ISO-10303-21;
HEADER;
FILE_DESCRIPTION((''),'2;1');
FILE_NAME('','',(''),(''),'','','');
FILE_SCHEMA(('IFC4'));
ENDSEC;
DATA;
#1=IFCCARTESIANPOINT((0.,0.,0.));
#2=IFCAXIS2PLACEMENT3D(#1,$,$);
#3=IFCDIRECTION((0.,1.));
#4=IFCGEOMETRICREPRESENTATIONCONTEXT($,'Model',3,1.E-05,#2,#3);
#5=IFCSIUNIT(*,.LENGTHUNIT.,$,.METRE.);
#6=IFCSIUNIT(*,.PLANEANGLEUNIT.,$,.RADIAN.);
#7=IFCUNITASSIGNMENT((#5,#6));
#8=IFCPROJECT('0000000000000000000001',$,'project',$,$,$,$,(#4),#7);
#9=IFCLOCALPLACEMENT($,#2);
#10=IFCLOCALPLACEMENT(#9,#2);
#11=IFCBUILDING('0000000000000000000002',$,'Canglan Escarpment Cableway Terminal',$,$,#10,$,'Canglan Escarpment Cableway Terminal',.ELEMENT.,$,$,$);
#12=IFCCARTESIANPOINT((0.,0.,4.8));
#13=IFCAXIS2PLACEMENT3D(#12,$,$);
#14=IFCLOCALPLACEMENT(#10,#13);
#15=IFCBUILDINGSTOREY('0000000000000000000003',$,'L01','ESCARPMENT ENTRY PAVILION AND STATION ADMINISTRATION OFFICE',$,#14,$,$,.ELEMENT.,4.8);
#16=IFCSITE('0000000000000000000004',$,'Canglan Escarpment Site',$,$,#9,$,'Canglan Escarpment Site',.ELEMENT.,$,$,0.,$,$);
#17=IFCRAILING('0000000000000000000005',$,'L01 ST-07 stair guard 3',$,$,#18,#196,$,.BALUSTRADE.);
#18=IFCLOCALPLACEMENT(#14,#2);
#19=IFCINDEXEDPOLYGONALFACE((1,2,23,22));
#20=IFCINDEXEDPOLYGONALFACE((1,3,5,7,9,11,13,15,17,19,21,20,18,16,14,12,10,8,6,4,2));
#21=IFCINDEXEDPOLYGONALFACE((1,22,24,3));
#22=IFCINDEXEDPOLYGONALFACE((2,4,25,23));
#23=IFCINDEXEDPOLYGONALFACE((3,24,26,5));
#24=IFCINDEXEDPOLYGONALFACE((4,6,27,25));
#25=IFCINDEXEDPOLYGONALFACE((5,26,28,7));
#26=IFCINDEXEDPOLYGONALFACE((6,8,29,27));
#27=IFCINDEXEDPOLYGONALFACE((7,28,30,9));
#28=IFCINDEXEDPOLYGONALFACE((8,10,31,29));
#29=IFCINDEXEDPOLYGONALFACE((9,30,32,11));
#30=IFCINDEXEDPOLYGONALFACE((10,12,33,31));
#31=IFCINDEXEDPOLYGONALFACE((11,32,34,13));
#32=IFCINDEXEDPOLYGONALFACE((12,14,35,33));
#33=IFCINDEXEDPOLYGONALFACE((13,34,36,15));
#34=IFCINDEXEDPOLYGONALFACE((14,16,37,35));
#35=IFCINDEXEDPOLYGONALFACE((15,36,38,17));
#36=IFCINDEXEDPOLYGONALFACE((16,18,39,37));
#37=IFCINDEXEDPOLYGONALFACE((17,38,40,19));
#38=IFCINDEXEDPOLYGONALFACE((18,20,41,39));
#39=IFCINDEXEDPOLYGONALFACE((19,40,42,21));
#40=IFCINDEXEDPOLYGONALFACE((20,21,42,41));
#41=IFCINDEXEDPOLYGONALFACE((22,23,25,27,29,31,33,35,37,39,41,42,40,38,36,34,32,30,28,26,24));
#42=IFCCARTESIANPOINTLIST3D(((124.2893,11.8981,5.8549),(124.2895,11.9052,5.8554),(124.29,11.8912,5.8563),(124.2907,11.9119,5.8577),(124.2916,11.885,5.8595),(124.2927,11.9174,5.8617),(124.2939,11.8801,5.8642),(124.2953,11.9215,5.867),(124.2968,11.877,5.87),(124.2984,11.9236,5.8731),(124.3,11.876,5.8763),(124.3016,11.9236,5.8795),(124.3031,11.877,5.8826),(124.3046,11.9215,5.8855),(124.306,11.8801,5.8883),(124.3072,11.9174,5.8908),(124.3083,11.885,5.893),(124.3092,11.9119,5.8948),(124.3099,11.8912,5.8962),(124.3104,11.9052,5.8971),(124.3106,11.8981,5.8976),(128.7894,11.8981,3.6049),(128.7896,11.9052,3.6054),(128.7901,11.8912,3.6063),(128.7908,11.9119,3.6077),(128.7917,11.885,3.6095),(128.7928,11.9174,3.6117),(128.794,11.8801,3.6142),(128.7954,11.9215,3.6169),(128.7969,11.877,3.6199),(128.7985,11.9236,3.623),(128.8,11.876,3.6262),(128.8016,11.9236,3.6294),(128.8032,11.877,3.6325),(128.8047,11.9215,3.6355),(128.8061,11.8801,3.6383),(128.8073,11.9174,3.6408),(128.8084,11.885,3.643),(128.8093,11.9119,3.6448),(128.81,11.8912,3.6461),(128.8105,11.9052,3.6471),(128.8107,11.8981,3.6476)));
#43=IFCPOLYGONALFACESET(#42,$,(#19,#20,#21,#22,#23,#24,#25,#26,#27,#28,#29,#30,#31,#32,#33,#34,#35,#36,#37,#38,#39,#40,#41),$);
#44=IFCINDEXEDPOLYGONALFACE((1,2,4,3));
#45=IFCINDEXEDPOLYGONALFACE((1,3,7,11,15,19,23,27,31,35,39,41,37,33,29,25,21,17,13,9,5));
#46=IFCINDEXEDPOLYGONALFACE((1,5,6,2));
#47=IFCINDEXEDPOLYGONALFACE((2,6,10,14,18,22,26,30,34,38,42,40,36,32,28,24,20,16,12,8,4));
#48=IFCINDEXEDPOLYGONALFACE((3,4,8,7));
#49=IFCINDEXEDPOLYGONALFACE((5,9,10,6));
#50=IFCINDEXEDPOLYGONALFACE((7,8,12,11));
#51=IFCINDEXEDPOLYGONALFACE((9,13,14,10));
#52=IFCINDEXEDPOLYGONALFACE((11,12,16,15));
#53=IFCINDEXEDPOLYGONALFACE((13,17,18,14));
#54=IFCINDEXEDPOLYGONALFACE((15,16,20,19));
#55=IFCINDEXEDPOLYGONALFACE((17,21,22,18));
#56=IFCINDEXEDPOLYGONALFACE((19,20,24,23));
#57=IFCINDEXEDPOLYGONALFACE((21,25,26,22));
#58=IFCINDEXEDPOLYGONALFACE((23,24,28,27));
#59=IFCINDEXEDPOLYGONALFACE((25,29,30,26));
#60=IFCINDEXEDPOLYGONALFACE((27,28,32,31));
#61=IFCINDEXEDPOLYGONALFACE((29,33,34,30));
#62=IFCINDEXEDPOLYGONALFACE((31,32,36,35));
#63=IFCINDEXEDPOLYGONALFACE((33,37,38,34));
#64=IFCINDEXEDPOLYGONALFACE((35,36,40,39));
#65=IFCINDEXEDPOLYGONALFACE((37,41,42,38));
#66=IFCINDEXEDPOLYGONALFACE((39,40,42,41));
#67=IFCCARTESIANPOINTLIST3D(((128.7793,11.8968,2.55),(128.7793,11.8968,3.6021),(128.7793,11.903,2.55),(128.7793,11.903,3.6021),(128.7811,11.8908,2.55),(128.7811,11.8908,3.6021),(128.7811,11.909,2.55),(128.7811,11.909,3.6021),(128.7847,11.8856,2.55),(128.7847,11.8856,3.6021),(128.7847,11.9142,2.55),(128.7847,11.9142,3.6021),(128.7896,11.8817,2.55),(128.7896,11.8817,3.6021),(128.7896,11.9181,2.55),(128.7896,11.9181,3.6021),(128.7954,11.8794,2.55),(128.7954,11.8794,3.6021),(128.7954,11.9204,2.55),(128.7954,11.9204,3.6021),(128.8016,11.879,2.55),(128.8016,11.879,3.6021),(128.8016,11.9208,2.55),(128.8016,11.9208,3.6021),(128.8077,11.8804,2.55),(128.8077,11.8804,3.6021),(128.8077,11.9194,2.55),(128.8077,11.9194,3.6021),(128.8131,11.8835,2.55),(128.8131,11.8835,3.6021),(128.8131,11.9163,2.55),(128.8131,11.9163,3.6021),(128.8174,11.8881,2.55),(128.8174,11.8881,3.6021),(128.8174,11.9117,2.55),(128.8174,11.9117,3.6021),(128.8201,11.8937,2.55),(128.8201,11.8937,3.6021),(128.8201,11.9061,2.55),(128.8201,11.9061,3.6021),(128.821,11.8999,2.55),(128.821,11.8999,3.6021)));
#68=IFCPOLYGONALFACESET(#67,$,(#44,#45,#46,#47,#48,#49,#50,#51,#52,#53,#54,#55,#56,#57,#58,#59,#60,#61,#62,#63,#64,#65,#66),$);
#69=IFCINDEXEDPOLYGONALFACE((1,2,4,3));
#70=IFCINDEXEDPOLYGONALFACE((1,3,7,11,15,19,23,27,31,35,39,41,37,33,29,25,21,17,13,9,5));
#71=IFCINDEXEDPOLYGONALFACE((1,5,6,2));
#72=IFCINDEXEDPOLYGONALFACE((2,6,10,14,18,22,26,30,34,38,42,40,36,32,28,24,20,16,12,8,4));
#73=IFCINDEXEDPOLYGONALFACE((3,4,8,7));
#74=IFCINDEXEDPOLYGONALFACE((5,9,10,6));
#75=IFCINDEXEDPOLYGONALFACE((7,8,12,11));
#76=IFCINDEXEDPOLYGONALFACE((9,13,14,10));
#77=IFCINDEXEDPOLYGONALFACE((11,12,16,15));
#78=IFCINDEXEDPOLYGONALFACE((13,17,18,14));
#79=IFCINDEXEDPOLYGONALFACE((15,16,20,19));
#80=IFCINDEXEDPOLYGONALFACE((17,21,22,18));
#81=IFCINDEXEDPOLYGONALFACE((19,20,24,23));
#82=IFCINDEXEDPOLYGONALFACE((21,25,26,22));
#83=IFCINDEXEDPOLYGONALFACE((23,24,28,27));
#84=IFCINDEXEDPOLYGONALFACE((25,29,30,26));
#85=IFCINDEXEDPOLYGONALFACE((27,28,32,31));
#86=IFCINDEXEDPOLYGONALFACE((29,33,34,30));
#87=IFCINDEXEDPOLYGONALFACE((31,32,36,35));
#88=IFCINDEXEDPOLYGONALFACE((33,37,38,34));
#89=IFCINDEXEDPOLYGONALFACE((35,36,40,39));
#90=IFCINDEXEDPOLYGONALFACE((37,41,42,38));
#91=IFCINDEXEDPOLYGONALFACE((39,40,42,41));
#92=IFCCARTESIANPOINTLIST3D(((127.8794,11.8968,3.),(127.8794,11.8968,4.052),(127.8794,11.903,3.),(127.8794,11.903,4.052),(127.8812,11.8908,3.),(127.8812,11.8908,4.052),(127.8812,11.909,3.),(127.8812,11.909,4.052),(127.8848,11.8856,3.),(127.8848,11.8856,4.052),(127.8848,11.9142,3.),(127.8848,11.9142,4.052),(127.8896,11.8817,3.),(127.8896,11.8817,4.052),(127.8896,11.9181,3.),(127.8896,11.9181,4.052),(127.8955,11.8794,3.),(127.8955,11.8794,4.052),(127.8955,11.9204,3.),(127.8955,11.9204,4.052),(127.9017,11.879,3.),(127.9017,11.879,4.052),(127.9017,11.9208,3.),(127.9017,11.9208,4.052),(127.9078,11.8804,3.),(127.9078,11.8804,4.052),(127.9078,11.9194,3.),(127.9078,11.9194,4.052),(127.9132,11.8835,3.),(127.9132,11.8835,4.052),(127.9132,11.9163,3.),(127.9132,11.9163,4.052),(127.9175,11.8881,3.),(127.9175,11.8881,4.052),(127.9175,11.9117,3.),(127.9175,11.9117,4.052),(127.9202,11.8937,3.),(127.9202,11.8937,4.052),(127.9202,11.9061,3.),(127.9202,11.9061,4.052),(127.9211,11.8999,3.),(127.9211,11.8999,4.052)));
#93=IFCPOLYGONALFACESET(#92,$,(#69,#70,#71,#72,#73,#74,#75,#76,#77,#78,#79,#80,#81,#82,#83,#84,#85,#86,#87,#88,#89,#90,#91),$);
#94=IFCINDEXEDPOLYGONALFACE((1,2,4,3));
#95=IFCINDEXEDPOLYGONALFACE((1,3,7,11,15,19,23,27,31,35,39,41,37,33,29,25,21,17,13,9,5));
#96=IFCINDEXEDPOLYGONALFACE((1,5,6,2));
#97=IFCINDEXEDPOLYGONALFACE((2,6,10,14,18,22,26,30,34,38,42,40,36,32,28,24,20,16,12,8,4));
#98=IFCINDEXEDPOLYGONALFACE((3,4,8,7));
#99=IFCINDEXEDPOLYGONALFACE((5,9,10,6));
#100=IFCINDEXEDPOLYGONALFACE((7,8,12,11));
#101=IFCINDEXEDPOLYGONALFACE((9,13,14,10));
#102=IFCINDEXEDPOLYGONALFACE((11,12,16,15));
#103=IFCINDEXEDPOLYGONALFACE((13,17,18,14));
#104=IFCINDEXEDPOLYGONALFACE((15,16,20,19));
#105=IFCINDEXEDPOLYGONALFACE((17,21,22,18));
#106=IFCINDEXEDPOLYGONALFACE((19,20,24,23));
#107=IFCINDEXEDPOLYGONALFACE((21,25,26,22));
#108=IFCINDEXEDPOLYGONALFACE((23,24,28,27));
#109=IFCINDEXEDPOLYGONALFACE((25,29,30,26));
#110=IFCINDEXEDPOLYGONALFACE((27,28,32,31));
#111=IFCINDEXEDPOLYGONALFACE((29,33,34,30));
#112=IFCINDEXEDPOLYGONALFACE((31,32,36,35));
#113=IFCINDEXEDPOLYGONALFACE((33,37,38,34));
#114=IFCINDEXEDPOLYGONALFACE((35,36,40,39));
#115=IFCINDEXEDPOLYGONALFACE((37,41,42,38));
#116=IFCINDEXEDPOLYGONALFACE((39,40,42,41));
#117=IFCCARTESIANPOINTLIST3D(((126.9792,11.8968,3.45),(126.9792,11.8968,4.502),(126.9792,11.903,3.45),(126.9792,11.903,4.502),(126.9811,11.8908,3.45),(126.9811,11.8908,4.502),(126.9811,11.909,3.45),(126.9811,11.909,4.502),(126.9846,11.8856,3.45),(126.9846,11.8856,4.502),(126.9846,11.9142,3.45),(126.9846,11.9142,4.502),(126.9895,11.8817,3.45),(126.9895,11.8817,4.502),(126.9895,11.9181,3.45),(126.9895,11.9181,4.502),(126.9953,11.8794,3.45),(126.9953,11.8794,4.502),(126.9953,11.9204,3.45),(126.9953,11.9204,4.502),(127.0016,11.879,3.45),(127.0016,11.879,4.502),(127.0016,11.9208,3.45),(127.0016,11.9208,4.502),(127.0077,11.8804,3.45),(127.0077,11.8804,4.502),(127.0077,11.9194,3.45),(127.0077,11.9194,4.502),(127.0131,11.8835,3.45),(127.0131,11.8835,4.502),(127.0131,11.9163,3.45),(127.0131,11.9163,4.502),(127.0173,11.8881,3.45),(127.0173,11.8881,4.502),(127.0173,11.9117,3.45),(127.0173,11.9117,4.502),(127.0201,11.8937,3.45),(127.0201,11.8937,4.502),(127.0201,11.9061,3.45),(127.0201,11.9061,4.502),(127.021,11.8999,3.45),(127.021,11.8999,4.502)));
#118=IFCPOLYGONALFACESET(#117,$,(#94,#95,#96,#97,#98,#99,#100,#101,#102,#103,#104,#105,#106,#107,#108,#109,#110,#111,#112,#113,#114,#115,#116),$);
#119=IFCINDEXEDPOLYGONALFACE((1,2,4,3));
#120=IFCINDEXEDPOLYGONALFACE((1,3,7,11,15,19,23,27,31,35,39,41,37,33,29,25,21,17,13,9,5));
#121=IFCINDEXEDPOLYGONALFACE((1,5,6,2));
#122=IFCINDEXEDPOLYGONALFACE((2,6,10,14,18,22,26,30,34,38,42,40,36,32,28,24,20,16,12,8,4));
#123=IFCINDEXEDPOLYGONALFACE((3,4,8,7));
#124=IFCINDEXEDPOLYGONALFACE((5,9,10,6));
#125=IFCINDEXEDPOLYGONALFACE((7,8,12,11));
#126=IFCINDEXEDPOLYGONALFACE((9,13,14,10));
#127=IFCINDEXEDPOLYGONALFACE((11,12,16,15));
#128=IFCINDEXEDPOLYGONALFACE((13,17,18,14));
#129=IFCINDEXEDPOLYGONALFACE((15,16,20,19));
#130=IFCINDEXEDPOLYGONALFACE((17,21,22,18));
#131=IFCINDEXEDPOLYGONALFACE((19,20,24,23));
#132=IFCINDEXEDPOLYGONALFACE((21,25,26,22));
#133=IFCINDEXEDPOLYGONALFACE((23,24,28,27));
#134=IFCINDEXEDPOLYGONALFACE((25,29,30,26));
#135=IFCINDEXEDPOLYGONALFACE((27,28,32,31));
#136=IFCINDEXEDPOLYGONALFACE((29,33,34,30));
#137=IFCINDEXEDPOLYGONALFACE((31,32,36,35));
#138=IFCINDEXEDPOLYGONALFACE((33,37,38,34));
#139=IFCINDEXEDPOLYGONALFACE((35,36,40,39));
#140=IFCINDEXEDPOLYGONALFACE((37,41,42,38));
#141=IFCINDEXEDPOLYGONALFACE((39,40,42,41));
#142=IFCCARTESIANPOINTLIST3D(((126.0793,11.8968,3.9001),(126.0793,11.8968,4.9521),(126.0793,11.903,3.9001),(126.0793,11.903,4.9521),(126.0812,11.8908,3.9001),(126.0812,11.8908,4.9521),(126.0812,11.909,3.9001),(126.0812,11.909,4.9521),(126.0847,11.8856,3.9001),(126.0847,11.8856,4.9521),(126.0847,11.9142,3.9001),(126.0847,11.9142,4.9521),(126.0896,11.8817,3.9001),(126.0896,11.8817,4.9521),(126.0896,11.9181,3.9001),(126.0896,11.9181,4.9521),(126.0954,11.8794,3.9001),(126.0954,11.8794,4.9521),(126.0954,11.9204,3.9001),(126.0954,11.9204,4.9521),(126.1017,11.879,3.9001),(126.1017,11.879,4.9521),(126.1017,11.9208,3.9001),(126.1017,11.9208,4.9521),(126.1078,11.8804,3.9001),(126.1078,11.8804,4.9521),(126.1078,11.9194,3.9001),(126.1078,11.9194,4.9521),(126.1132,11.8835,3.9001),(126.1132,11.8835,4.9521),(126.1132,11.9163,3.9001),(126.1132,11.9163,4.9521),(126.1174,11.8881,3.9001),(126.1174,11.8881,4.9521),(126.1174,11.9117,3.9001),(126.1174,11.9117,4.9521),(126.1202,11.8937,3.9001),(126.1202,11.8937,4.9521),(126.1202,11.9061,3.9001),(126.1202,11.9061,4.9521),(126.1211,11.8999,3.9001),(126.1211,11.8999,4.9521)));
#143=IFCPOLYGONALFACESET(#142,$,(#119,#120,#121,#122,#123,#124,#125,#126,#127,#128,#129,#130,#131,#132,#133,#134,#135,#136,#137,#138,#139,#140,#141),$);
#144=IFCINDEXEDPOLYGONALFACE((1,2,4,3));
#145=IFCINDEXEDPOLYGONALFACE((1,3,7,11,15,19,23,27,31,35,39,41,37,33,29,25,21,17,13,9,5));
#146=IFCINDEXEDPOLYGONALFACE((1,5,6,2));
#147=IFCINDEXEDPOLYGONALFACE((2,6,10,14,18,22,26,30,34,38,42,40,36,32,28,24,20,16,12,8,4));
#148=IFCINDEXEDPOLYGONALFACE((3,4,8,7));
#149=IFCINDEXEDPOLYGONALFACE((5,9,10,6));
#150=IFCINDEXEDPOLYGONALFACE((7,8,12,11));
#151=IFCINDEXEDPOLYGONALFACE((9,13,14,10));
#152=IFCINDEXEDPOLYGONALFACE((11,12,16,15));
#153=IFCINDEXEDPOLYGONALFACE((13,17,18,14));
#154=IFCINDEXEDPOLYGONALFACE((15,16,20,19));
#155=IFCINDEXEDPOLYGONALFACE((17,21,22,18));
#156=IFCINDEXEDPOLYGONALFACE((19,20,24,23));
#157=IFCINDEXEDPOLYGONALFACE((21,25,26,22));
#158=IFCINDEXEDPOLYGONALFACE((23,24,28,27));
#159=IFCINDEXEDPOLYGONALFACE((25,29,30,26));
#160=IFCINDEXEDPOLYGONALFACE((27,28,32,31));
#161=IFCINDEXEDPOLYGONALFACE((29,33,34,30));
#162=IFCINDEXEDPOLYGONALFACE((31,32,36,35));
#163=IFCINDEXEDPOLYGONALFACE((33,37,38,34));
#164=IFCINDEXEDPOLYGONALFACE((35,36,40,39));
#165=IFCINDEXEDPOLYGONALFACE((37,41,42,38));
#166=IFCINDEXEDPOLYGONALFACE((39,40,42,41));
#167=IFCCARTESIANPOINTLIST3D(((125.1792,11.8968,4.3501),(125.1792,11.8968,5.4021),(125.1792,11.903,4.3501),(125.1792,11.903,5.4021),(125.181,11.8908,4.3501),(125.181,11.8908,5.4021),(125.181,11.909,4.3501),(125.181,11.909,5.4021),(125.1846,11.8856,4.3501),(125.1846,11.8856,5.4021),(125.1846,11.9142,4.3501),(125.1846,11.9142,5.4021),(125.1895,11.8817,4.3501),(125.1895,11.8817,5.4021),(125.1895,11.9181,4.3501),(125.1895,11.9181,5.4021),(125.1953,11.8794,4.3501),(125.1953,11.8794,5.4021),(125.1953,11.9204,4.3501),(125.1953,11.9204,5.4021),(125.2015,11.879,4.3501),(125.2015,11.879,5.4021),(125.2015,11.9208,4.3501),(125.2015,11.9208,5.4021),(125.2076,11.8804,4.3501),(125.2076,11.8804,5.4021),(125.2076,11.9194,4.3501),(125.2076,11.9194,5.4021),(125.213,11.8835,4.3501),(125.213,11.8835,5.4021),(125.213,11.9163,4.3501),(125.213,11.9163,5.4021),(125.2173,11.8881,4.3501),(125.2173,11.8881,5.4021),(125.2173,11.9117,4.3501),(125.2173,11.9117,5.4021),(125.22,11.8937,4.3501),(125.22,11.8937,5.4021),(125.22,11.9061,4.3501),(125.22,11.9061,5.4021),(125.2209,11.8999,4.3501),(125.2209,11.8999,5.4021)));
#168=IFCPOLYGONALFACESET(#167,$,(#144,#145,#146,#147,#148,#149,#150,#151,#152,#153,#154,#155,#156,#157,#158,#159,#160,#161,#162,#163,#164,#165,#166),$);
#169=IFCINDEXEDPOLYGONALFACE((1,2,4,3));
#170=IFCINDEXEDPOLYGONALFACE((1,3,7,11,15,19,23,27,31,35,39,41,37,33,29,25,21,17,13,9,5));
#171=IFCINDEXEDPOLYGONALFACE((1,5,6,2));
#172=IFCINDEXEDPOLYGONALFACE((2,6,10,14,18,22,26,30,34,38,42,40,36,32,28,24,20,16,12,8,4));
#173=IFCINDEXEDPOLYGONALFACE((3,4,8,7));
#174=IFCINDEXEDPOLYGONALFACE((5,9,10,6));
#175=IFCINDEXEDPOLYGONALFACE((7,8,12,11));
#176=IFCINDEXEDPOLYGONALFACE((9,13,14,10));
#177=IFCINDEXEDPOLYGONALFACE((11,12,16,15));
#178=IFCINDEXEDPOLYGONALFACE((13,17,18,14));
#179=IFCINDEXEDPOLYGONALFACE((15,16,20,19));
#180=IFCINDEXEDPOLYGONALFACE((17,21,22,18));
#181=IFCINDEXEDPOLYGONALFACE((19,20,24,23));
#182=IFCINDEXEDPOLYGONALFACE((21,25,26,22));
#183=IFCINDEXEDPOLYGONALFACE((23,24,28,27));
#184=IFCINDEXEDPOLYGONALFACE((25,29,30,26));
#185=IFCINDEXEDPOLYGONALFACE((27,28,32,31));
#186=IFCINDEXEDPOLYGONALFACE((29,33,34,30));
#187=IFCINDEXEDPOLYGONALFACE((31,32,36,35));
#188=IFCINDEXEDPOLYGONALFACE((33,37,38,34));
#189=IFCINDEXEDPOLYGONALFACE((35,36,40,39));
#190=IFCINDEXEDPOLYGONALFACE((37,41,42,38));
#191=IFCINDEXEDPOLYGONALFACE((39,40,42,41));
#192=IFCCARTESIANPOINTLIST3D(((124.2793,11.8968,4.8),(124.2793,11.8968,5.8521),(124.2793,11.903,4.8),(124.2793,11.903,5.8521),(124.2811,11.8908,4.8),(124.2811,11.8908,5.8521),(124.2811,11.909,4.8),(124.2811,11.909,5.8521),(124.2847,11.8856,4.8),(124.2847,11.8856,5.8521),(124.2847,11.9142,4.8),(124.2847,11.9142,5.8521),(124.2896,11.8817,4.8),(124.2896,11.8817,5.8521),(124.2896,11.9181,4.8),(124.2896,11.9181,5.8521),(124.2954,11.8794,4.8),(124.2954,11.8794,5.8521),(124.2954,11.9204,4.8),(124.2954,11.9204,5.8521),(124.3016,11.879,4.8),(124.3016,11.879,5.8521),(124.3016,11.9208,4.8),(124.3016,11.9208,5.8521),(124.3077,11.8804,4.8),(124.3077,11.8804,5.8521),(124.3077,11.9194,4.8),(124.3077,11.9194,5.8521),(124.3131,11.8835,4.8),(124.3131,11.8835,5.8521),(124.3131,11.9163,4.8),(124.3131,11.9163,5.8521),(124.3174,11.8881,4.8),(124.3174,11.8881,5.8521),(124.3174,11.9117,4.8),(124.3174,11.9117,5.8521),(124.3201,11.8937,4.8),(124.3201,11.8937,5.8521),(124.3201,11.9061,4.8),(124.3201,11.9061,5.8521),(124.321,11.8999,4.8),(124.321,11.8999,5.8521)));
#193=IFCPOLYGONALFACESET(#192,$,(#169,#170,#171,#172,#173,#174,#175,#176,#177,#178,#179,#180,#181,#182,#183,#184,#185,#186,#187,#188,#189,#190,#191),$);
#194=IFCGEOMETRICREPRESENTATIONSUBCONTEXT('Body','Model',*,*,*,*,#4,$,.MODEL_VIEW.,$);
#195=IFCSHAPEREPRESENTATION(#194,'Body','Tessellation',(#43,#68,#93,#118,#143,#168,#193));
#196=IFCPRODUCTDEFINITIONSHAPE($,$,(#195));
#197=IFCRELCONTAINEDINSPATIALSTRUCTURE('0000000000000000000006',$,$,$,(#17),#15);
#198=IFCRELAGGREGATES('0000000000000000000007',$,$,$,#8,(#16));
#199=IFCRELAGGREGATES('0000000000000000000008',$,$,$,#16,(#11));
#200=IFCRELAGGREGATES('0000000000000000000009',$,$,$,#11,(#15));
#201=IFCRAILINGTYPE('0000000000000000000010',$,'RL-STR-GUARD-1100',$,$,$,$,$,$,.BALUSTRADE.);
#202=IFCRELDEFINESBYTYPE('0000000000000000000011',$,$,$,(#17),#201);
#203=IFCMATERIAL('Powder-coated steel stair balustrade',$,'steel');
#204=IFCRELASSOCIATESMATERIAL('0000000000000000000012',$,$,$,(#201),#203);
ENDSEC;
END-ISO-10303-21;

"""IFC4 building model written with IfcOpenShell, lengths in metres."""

from ifc_helpers import new_model, si_unit, direction, frame, origin, origin_2d, place, context, subcontext, project, spatial, circle, extrude, material, type_object, element, save


model = new_model("IFC4")

# Units and contexts
model_context = context("Model", 3, precision=1e-05, world=origin(), true_north=direction((0.0, 1.0)))
body_context = subcontext(model_context, "Body", "Model", "MODEL_VIEW")
ifc_project = project(units=[si_unit("LENGTHUNIT", "METRE"), si_unit("PLANEANGLEUNIT", "RADIAN")], contexts=[model_context])

# Site, building, storey
site_placement = place(None, origin())
site = spatial("IfcSite", under=ifc_project, at=site_placement, Name="Canglan Escarpment Site", LongName="Canglan Escarpment Site", CompositionType="ELEMENT", RefElevation=0.0)
building_placement = place(site_placement, origin())
building = spatial("IfcBuilding", under=site, at=building_placement, Name="Canglan Escarpment Cableway Terminal", LongName="Canglan Escarpment Cableway Terminal", CompositionType="ELEMENT")
storey_placement = place(building_placement, frame((0.0, 0.0, 4.8)))
storey = spatial("IfcBuildingStorey", under=building, at=storey_placement, Name="L01", Description="ESCARPMENT ENTRY PAVILION AND STATION ADMINISTRATION OFFICE", CompositionType="ELEMENT", Elevation=4.8)

# Railing
ifc_material_1 = material(Name="Powder-coated steel stair balustrade", Category="steel")
railing_type_1 = type_object("IfcRailingType", Name="RL-STR-GUARD-1100", PredefinedType="BALUSTRADE", material=ifc_material_1)
railing_1_placement = place(storey_placement, frame((128.8, 11.8999, 2.55)))
element("IfcRailing", 1, at=railing_1_placement, inside=storey, type_object=railing_type_1, Name="L01 ST-07 stair guard 3", PredefinedType="BALUSTRADE", context=body_context, shape_type="SweptSolid", body=[
    extrude(circle(Radius=0.0239, at=origin_2d()), frame((0.0, 0.0, 1.0762), z_axis=(-0.894427, 0.0, 0.447214), x_axis=(0.0, -1.0, 0.0)), (0.0, 0.0, 1.0), 5.0312),
    extrude(circle(Radius=0.021, at=origin_2d()), origin(), (0.0, 0.0, 1.0), 1.052),
    extrude(circle(Radius=0.021, at=origin_2d()), frame((-0.8999, 0.0, 0.45)), (0.0, 0.0, 1.0), 1.052),
    extrude(circle(Radius=0.021, at=origin_2d()), frame((-1.8, 0.0, 0.8999)), (0.0, 0.0, 1.0), 1.052),
    extrude(circle(Radius=0.021, at=origin_2d()), frame((-2.7, 0.0, 1.3501)), (0.0, 0.0, 1.0), 1.052),
    extrude(circle(Radius=0.021, at=origin_2d()), frame((-3.6001, 0.0, 1.8)), (0.0, 0.0, 1.0), 1.052),
    extrude(circle(Radius=0.021, at=origin_2d()), frame((-4.5, 0.0, 2.25)), (0.0, 0.0, 1.0), 1.052),
])

save(model, "model.ifc")
